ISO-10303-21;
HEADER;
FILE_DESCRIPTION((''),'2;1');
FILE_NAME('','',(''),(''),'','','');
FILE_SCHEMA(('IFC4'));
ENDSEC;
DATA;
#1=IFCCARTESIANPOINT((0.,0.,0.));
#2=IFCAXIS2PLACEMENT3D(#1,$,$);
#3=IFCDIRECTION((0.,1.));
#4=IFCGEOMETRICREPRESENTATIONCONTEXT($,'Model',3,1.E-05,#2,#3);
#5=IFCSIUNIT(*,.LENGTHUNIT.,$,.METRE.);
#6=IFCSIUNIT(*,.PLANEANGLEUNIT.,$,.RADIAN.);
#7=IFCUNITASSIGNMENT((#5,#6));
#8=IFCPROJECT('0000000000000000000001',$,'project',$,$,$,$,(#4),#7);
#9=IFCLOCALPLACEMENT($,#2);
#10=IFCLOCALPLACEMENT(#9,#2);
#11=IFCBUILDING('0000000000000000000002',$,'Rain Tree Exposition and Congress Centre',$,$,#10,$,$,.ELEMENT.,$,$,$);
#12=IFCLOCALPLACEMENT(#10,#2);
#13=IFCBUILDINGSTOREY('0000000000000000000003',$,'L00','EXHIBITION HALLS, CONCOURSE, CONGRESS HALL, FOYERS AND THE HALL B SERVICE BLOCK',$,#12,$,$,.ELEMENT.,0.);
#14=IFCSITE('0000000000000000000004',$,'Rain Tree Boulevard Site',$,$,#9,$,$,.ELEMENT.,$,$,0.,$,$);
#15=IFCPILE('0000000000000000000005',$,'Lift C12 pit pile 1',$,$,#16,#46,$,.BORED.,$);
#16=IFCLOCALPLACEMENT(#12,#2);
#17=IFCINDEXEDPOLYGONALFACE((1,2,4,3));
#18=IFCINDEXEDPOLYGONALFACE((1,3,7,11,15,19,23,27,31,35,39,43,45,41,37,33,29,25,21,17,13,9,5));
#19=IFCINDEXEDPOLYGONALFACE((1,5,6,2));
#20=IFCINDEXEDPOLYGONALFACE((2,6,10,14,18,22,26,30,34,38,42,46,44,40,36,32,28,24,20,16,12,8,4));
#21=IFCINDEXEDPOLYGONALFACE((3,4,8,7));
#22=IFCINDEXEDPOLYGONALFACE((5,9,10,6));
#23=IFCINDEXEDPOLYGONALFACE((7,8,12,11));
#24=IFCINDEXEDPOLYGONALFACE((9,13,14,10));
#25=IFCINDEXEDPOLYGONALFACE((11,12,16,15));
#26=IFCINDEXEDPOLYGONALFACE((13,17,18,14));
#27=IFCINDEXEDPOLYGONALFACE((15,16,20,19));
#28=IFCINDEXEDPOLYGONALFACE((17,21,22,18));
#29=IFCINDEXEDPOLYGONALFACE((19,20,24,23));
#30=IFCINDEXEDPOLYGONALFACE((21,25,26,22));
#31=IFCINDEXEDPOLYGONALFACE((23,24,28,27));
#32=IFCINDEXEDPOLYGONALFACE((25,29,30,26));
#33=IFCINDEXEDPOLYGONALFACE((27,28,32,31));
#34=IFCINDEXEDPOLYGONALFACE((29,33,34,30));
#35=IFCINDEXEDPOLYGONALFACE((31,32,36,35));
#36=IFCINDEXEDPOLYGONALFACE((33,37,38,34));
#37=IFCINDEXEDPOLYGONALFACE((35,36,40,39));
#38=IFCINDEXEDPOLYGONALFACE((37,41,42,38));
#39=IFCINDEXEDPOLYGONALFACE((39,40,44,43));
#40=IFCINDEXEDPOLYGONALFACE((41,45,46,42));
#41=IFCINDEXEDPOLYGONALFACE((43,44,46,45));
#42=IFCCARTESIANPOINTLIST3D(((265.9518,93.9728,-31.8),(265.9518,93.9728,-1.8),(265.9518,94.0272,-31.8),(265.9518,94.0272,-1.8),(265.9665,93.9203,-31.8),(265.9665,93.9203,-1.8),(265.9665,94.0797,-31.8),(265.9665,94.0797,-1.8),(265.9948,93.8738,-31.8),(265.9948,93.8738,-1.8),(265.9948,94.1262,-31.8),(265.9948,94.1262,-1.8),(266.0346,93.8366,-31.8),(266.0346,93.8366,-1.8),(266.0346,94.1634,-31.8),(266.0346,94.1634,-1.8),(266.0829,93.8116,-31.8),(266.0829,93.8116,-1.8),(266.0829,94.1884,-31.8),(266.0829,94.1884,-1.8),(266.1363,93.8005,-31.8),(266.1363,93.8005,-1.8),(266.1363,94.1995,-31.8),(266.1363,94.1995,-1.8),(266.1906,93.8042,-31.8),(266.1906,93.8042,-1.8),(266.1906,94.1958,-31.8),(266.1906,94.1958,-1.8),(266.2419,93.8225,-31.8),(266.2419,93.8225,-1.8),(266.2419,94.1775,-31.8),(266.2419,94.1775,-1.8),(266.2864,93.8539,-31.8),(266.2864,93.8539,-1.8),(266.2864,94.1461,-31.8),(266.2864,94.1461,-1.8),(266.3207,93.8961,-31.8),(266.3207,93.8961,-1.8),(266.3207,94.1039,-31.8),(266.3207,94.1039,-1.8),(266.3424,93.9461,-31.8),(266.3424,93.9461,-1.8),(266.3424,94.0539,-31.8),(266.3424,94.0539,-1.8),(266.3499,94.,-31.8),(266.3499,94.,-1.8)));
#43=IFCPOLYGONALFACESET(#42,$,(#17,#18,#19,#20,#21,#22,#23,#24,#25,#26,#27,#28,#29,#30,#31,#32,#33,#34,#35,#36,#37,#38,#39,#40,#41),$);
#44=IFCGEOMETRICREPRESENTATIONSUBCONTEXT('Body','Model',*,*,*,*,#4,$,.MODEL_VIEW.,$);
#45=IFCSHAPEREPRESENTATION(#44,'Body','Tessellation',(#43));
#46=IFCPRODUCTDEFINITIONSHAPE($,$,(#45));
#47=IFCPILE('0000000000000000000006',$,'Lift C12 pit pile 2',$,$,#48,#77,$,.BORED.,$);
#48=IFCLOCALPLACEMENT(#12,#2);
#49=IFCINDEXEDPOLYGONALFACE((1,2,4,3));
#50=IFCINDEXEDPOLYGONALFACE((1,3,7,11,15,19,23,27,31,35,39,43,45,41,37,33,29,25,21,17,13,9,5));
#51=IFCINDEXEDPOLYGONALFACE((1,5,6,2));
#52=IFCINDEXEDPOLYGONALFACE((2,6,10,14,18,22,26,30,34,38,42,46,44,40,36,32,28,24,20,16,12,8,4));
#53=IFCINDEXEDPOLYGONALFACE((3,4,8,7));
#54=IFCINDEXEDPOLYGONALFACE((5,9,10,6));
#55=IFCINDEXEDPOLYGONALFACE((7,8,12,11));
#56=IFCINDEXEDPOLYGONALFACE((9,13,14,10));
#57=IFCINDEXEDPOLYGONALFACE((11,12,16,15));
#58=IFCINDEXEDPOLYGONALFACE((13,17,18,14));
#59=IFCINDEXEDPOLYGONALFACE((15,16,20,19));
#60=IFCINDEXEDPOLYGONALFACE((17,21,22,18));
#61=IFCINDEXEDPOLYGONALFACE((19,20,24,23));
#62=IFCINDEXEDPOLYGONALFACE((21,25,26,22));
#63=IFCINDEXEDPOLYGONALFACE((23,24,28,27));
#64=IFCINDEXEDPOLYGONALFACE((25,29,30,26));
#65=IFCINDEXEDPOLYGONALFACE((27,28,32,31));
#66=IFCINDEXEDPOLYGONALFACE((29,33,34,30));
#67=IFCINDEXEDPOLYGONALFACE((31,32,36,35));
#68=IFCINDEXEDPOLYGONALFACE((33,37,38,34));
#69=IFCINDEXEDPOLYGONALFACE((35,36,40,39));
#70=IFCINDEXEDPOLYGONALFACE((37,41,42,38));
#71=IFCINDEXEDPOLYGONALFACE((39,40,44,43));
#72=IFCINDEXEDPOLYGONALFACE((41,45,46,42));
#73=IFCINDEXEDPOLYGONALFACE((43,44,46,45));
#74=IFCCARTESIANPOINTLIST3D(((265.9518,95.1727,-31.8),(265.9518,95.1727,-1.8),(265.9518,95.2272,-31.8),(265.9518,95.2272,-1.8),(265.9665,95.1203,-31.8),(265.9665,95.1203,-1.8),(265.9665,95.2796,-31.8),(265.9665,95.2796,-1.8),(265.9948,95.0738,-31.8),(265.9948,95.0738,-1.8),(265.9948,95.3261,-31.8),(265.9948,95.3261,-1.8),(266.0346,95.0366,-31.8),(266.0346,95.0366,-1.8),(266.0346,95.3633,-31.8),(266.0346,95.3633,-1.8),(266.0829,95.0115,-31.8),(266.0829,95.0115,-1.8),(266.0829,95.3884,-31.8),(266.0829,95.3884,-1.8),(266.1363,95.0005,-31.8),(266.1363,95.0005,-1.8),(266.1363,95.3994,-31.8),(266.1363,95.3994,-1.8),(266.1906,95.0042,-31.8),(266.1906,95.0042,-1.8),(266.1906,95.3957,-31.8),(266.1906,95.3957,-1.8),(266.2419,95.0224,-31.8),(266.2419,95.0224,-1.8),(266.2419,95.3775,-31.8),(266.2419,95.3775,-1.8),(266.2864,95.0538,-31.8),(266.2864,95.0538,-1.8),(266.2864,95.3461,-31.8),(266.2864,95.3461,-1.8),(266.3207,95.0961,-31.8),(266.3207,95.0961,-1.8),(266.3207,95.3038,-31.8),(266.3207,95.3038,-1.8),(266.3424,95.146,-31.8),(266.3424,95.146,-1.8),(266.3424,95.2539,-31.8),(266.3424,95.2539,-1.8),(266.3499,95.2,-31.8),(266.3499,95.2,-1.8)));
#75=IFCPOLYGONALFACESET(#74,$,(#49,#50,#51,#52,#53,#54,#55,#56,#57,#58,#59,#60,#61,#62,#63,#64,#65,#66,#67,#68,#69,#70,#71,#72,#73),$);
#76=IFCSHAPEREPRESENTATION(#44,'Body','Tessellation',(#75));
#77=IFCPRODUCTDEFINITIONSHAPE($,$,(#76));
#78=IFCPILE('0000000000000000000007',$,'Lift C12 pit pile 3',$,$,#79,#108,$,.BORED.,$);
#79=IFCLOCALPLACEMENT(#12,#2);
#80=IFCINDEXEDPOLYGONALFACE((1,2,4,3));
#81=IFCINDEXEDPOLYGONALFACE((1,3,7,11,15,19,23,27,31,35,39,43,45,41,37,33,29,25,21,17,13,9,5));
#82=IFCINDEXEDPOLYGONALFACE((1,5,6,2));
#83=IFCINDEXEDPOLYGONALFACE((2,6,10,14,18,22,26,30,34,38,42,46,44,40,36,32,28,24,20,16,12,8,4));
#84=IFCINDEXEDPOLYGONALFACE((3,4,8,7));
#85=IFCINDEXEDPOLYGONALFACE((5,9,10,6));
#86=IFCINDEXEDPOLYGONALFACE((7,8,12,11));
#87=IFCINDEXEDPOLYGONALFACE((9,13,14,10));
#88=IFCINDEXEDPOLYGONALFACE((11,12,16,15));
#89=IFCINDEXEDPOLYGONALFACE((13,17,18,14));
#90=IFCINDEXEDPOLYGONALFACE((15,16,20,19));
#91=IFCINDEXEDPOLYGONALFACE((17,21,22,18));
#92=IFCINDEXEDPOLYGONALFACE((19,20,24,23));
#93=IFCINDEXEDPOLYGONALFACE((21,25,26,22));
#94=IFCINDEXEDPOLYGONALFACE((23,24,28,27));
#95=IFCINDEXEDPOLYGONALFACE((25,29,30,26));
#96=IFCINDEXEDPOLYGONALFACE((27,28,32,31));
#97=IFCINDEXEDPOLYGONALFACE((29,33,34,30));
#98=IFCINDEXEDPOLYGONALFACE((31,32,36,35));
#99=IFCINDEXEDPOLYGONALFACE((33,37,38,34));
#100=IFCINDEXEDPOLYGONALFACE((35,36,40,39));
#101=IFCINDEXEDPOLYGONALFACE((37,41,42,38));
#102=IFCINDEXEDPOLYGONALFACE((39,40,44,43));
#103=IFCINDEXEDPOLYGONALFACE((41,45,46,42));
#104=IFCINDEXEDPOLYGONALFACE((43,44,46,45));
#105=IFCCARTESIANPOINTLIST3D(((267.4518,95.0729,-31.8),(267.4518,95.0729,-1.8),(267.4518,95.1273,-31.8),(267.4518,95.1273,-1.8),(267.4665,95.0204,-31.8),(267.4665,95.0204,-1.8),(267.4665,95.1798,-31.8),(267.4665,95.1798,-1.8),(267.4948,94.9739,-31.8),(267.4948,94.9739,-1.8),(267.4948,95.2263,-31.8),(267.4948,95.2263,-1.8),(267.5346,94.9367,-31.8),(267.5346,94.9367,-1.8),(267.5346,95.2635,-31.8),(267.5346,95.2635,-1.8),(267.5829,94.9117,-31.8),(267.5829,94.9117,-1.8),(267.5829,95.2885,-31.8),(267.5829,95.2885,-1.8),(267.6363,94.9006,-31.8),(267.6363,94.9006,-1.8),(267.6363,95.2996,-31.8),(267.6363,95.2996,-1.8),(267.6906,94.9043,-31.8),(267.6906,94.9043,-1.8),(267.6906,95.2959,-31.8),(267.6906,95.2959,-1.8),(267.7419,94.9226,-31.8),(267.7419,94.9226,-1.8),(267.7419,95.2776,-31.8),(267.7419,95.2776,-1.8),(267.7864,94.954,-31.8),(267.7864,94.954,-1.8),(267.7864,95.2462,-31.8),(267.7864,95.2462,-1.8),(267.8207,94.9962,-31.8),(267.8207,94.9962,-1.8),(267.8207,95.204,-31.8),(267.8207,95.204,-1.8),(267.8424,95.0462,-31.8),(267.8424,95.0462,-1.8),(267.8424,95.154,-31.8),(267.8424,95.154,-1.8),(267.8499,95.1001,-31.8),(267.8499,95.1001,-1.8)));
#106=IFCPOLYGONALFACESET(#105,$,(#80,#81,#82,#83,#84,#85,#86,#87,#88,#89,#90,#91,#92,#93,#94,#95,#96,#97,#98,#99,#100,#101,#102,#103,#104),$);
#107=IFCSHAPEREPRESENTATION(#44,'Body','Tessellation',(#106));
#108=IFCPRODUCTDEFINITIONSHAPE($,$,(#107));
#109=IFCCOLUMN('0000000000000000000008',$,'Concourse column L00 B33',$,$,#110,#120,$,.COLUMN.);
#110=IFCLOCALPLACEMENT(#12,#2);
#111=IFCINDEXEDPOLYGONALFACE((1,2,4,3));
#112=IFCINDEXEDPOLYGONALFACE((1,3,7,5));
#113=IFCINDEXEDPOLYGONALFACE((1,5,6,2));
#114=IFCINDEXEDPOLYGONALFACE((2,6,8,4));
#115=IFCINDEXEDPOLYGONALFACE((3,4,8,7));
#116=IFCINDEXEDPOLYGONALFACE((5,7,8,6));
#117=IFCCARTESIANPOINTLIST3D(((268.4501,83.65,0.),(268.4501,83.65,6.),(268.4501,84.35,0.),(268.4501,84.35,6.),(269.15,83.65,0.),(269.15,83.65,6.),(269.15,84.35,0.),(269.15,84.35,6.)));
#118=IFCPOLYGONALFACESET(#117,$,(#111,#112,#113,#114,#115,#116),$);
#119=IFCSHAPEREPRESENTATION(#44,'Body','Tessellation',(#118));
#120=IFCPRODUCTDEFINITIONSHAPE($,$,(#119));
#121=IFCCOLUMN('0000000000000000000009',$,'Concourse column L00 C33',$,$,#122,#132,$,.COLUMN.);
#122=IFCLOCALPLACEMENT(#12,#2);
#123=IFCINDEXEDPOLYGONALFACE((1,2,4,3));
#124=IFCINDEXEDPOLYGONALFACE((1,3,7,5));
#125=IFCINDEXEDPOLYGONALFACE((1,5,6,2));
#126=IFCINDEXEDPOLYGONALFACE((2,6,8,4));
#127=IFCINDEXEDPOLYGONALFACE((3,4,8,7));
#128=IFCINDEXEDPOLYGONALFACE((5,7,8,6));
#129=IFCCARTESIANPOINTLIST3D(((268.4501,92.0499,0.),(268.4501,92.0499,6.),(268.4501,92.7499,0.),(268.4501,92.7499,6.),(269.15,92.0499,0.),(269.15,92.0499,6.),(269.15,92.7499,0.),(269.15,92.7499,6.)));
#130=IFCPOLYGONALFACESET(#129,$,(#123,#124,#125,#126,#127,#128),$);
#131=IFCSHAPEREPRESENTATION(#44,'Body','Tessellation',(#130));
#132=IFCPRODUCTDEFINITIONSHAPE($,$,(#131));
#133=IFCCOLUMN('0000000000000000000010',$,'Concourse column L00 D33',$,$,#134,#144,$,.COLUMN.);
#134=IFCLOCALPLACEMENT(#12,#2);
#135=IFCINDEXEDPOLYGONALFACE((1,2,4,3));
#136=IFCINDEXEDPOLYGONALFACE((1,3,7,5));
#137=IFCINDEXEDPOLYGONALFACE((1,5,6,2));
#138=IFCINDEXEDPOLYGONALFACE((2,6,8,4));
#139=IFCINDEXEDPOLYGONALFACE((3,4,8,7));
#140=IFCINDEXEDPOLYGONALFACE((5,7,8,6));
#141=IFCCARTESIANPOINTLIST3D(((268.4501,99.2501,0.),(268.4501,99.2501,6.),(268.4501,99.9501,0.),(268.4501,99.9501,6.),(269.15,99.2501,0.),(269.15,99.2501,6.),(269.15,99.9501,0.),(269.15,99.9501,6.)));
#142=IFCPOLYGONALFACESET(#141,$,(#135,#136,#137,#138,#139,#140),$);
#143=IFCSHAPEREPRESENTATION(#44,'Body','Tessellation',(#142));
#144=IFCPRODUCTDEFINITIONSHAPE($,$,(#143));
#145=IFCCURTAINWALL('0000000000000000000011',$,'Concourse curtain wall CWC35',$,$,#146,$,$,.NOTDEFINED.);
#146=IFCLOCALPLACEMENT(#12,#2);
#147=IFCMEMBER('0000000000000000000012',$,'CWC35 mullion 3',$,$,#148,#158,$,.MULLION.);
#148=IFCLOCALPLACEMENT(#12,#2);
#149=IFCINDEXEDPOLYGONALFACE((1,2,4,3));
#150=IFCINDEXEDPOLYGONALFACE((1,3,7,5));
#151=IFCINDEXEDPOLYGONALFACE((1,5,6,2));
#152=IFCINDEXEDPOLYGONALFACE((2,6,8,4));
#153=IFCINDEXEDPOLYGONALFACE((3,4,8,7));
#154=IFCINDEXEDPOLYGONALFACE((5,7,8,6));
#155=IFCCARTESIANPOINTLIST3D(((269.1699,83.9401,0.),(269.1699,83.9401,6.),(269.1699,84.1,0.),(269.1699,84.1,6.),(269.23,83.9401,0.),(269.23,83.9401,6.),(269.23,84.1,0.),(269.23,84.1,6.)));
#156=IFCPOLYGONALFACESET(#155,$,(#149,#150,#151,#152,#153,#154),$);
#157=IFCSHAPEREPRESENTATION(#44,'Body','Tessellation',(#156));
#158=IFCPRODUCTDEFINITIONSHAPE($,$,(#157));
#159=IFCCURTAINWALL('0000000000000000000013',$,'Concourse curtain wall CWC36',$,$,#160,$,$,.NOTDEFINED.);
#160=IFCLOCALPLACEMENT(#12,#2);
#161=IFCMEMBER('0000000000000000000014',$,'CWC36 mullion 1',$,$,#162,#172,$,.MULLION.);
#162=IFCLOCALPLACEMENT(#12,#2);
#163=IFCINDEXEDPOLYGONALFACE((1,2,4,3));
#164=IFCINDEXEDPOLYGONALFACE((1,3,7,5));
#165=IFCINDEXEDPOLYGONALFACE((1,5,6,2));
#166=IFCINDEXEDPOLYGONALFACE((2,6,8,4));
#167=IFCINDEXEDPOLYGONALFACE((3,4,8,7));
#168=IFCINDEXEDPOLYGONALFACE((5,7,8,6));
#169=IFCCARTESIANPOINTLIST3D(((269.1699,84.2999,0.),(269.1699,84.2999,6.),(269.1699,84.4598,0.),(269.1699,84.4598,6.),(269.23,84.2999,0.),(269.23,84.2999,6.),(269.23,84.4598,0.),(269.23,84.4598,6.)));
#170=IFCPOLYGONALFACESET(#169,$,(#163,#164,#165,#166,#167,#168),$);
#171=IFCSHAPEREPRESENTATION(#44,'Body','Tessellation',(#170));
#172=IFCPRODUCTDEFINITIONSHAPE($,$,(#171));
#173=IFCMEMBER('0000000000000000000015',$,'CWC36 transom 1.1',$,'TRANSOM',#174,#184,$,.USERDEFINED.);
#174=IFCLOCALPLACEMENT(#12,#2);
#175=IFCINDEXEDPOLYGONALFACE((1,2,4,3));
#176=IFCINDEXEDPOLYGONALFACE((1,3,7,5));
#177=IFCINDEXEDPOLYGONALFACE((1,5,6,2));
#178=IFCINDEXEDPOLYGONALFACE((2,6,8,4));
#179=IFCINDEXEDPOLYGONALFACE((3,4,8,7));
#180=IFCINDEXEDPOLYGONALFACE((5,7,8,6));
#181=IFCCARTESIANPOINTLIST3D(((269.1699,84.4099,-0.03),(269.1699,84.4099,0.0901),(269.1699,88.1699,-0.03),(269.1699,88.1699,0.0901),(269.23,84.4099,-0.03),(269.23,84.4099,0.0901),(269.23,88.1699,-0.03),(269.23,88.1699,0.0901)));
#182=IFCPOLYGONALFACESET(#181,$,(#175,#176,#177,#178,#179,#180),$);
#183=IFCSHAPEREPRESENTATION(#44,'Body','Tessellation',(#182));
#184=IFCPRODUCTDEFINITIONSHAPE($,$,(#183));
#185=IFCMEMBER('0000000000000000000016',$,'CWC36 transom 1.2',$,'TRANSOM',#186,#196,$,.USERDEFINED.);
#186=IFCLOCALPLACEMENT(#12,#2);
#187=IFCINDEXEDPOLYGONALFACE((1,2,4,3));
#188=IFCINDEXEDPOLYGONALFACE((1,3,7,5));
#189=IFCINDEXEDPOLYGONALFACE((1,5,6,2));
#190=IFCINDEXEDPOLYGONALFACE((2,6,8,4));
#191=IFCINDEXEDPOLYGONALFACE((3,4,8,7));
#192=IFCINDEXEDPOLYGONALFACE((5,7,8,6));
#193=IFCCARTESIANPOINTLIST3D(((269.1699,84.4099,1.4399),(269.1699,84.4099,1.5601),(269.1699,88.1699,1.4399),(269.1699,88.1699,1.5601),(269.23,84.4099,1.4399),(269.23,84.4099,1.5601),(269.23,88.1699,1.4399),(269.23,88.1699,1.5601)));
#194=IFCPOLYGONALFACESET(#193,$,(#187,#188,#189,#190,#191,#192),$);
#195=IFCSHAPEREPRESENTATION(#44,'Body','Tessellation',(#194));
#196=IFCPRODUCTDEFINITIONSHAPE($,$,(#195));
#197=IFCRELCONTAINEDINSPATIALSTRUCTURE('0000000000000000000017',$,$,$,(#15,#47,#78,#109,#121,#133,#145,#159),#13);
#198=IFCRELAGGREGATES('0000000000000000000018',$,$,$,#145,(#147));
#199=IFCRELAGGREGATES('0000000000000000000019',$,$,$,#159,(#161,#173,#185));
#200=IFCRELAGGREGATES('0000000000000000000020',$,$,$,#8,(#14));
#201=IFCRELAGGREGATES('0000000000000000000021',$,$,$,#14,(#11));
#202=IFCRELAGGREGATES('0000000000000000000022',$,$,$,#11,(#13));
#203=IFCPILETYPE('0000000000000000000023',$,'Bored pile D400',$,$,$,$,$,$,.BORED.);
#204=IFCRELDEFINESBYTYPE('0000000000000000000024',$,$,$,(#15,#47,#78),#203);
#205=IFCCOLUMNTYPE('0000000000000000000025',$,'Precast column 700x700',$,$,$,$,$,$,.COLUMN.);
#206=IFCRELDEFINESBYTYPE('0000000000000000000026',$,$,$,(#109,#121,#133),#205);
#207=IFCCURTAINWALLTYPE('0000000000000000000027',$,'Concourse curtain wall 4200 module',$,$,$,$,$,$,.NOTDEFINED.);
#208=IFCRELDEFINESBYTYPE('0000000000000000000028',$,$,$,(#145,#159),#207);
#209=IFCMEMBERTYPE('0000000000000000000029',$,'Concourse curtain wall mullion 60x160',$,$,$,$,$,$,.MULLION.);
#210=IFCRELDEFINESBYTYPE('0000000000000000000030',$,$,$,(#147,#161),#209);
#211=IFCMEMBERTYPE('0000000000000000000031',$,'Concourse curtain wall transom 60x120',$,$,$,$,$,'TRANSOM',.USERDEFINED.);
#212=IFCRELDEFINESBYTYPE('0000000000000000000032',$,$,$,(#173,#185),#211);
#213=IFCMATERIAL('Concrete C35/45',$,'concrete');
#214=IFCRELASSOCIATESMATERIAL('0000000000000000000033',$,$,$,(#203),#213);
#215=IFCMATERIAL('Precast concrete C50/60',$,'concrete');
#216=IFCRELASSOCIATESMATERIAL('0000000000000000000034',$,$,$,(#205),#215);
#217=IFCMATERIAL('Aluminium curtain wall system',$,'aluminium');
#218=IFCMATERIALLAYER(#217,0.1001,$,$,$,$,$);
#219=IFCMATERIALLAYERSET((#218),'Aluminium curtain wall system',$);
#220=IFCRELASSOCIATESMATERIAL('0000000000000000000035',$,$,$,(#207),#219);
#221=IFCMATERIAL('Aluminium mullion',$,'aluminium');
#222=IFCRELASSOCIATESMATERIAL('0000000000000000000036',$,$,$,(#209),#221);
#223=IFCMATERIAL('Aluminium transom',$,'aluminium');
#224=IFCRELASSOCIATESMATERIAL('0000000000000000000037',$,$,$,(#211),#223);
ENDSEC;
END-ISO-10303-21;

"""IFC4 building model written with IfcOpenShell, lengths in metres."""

from ifc_helpers import new_model, si_unit, direction, frame, origin, origin_2d, place, context, subcontext, project, spatial, rectangle, circle, extrude, material, layer, layer_set, material_profile, profile_set, type_object, element, aggregate, save


model = new_model("IFC4")

# Units and contexts
model_context = context("Model", 3, precision=1e-05, world=origin(), true_north=direction((0.0, 1.0)))
body_context = subcontext(model_context, "Body", "Model", "MODEL_VIEW")
ifc_project = project(units=[si_unit("LENGTHUNIT", "METRE"), si_unit("PLANEANGLEUNIT", "RADIAN")], contexts=[model_context])

# Site, building, storey
site_placement = place(None, origin())
site = spatial("IfcSite", under=ifc_project, at=site_placement, Name="Rain Tree Boulevard Site", CompositionType="ELEMENT", RefElevation=0.0)
building_placement = place(site_placement, origin())
building = spatial("IfcBuilding", under=site, at=building_placement, Name="Rain Tree Exposition and Congress Centre", CompositionType="ELEMENT")
storey_placement = place(building_placement, origin())
storey = spatial("IfcBuildingStorey", under=building, at=storey_placement, Name="L00", Description="EXHIBITION HALLS, CONCOURSE, CONGRESS HALL, FOYERS AND THE HALL B SERVICE BLOCK", CompositionType="ELEMENT", Elevation=0.0)

# Piles
ifc_material_1 = material(Name="Concrete C35/45", Category="concrete")
ifc_material_profile_1 = material_profile(ifc_material_1, circle(Radius=0.2, at=origin_2d()), Name="D400")
ifc_profile_set_1 = profile_set([ifc_material_profile_1], Name="Concrete C35/45")
pile_type = type_object("IfcPileType", Name="Bored pile D400", PredefinedType="BORED", material=ifc_profile_set_1)
for number, where, z_axis, x_axis, name in (
    (1, (266.1499, 94.0, -1.8), (0.0, 0.0, -1.0), (1.0, 0.0, 0.0), "Lift C12 pit pile 1"),
    (2, (266.1499, 95.2, -1.8), (0.0, 0.0, -1.0), (1.0, 0.0, 0.0), "Lift C12 pit pile 2"),
    (3, (267.6499, 95.1001, -1.8), (0.0, 0.0, -1.0), (1.0, 0.0, 0.0), "Lift C12 pit pile 3"),
):
    element("IfcPile", number, at=place(storey_placement, frame(where, z_axis=z_axis, x_axis=x_axis)), inside=storey, type_object=pile_type, Name=name, PredefinedType="BORED", context=body_context, shape_type="SweptSolid", body=[
        extrude(circle(Radius=0.2, at=origin_2d()), origin(), (0.0, 0.0, 1.0), 30.0),
    ])

# Columns
ifc_material_2 = material(Name="Precast concrete C50/60", Category="concrete")
ifc_material_profile_2 = material_profile(ifc_material_2, rectangle(XDim=0.7, YDim=0.7, at=origin_2d()), Name="RC 700x700")
ifc_profile_set_2 = profile_set([ifc_material_profile_2], Name="Precast concrete C50/60")
column_type = type_object("IfcColumnType", Name="Precast column 700x700", PredefinedType="COLUMN", material=ifc_profile_set_2)
for number, where, z_axis, x_axis, name in (
    (4, (268.8, 84.0, 0.0), (0.0, 0.0, 1.0), (1.0, 0.0, 0.0), "Concourse column L00 B33"),
    (5, (268.8, 92.3999, 0.0), (0.0, 0.0, 1.0), (1.0, 0.0, 0.0), "Concourse column L00 C33"),
    (6, (268.8, 99.6001, 0.0), (0.0, 0.0, 1.0), (1.0, 0.0, 0.0), "Concourse column L00 D33"),
):
    element("IfcColumn", number, at=place(storey_placement, frame(where, z_axis=z_axis, x_axis=x_axis)), inside=storey, type_object=column_type, Name=name, PredefinedType="COLUMN", context=body_context, shape_type="SweptSolid", body=[
        extrude(rectangle(XDim=0.7, YDim=0.7, at=origin_2d()), origin(), (0.0, 0.0, 1.0), 6.0),
    ])

# Curtain wall, member
ifc_material_3 = material(Name="Aluminium curtain wall system", Category="aluminium")
ifc_layer_1 = layer(ifc_material_3, 0.1001)
ifc_layer_set_1 = layer_set([ifc_layer_1], Name="Aluminium curtain wall system")
curtain_wall_type = type_object("IfcCurtainWallType", Name="Concourse curtain wall 4200 module", PredefinedType="NOTDEFINED", material=ifc_layer_set_1)
curtain_wall_1_placement = place(storey_placement, origin())
curtain_wall_1 = element("IfcCurtainWall", 7, at=curtain_wall_1_placement, inside=storey, type_object=curtain_wall_type, Name="Concourse curtain wall CWC35", PredefinedType="NOTDEFINED")
ifc_material_4 = material(Name="Aluminium mullion", Category="aluminium")
ifc_material_profile_3 = material_profile(ifc_material_4, rectangle(XDim=0.0601, YDim=0.1599, at=origin_2d()), Name="AL 60x160")
ifc_profile_set_3 = profile_set([ifc_material_profile_3], Name="Aluminium mullion")
member_type_1 = type_object("IfcMemberType", Name="Concourse curtain wall mullion 60x160", PredefinedType="MULLION", material=ifc_profile_set_3)
member_1_placement = place(storey_placement, frame((269.2, 84.02, 0.0), z_axis=(0.0, 0.0, 1.0), x_axis=(-1.0, 0.0, 0.0)))
member_1 = element("IfcMember", 8, at=member_1_placement, type_object=member_type_1, Name="CWC35 mullion 3", PredefinedType="MULLION", context=body_context, shape_type="SweptSolid", body=[
    extrude(rectangle(XDim=0.0601, YDim=0.1599, at=origin_2d()), origin(), (0.0, 0.0, 1.0), 6.0),
])
aggregate(curtain_wall_1, [member_1])

# Curtain wall, members
curtain_wall_2_placement = place(storey_placement, origin())
curtain_wall_2 = element("IfcCurtainWall", 9, at=curtain_wall_2_placement, inside=storey, type_object=curtain_wall_type, Name="Concourse curtain wall CWC36", PredefinedType="NOTDEFINED")
member_2_placement = place(storey_placement, frame((269.2, 84.3799, 0.0), z_axis=(0.0, 0.0, 1.0), x_axis=(-1.0, 0.0, 0.0)))
member_2 = element("IfcMember", 10, at=member_2_placement, type_object=member_type_1, Name="CWC36 mullion 1", PredefinedType="MULLION", context=body_context, shape_type="SweptSolid", body=[
    extrude(rectangle(XDim=0.0601, YDim=0.1599, at=origin_2d()), origin(), (0.0, 0.0, 1.0), 6.0),
])
ifc_material_5 = material(Name="Aluminium transom", Category="aluminium")
ifc_material_profile_4 = material_profile(ifc_material_5, rectangle(XDim=0.0601, YDim=0.1201, at=origin_2d()), Name="AL 60x120")
ifc_profile_set_4 = profile_set([ifc_material_profile_4], Name="Aluminium transom")
member_type_2 = type_object("IfcMemberType", Name="Concourse curtain wall transom 60x120", ElementType="TRANSOM", PredefinedType="USERDEFINED", material=ifc_profile_set_4)
member_3_placement = place(storey_placement, frame((269.2, 84.4099, 0.03), z_axis=(0.0, 1.0, 0.0), x_axis=(-1.0, 0.0, 0.0)))
member_3 = element("IfcMember", 11, at=member_3_placement, type_object=member_type_2, Name="CWC36 transom 1.1", ObjectType="TRANSOM", PredefinedType="USERDEFINED", context=body_context, shape_type="SweptSolid", body=[
    extrude(rectangle(XDim=0.0601, YDim=0.1201, at=origin_2d()), origin(), (0.0, 0.0, 1.0), 3.76),
])
member_4_placement = place(storey_placement, frame((269.2, 84.4099, 1.5), z_axis=(0.0, 1.0, 0.0), x_axis=(-1.0, 0.0, 0.0)))
member_4 = element("IfcMember", 12, at=member_4_placement, type_object=member_type_2, Name="CWC36 transom 1.2", ObjectType="TRANSOM", PredefinedType="USERDEFINED", context=body_context, shape_type="SweptSolid", body=[
    extrude(rectangle(XDim=0.0601, YDim=0.1201, at=origin_2d()), origin(), (0.0, 0.0, 1.0), 3.76),
])
aggregate(curtain_wall_2, [member_2, member_3, member_4])

save(model, "model.ifc")
